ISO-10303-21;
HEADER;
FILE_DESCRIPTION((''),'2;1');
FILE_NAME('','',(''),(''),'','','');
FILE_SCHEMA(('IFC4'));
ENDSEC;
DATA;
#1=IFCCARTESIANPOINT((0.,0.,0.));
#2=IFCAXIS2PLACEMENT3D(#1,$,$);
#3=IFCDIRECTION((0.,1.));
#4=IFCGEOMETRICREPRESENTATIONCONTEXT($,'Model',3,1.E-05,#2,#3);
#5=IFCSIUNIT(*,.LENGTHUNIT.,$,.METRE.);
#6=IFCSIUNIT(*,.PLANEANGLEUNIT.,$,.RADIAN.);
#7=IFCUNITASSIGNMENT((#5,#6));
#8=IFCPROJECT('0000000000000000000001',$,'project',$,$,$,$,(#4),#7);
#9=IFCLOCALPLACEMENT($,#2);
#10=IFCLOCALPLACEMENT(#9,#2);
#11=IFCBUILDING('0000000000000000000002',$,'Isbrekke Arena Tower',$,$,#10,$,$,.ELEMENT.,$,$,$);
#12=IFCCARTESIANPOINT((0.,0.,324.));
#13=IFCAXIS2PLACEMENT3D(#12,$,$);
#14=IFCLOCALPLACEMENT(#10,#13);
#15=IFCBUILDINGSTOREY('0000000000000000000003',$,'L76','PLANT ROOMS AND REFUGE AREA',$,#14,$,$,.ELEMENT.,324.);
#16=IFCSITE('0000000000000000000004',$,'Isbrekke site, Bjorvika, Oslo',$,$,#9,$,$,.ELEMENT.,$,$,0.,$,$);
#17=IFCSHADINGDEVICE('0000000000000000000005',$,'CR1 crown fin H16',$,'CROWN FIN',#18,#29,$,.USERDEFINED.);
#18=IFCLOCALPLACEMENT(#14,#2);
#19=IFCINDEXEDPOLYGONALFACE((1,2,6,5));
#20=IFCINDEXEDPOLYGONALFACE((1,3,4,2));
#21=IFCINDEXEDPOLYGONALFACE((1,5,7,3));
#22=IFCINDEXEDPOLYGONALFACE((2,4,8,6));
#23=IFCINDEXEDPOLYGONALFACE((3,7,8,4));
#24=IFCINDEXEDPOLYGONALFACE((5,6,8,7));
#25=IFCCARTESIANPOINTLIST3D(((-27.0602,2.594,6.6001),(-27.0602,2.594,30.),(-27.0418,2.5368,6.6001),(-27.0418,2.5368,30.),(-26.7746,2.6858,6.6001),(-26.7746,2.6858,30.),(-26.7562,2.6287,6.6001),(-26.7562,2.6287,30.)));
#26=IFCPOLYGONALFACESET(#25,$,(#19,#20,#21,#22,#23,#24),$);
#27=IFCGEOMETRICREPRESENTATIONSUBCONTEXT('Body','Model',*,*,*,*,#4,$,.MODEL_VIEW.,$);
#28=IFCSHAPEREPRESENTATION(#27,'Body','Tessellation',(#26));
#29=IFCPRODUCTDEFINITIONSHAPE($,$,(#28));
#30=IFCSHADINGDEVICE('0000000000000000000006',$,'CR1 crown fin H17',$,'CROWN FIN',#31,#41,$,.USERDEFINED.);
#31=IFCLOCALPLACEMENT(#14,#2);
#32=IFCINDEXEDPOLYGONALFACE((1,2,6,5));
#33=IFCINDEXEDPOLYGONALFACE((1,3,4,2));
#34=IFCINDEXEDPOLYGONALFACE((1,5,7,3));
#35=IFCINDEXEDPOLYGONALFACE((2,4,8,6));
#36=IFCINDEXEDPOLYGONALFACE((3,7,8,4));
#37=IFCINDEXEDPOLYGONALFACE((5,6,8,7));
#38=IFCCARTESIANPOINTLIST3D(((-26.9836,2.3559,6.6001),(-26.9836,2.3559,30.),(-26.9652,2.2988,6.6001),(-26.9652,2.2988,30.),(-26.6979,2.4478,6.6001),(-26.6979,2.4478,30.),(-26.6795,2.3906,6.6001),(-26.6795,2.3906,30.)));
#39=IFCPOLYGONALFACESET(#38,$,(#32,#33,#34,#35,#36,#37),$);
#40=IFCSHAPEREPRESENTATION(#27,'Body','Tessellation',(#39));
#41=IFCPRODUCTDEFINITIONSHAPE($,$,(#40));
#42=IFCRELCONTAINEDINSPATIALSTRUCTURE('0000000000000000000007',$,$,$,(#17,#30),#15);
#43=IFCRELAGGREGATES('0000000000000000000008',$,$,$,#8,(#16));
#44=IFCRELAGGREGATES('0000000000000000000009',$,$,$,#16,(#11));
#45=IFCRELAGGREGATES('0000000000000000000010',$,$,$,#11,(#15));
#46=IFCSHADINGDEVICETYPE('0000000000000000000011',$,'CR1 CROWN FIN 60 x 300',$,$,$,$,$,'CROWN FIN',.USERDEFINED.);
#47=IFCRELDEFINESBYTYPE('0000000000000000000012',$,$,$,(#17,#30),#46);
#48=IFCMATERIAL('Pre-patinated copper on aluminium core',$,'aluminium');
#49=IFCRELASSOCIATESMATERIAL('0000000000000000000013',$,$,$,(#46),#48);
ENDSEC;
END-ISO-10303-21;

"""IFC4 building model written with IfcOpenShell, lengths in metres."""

from ifc_helpers import new_model, si_unit, direction, frame, origin, origin_2d, place, context, subcontext, project, spatial, rectangle, extrude, material, material_profile, profile_set, type_object, element, save


model = new_model("IFC4")

# Units and contexts
model_context = context("Model", 3, precision=1e-05, world=origin(), true_north=direction((0.0, 1.0)))
body_context = subcontext(model_context, "Body", "Model", "MODEL_VIEW")
ifc_project = project(units=[si_unit("LENGTHUNIT", "METRE"), si_unit("PLANEANGLEUNIT", "RADIAN")], contexts=[model_context])

# Site, building, storey
site_placement = place(None, origin())
site = spatial("IfcSite", under=ifc_project, at=site_placement, Name="Isbrekke site, Bjorvika, Oslo", CompositionType="ELEMENT", RefElevation=0.0)
building_placement = place(site_placement, origin())
building = spatial("IfcBuilding", under=site, at=building_placement, Name="Isbrekke Arena Tower", CompositionType="ELEMENT")
storey_placement = place(building_placement, frame((0.0, 0.0, 324.0)))
storey = spatial("IfcBuildingStorey", under=building, at=storey_placement, Name="L76", Description="PLANT ROOMS AND REFUGE AREA", CompositionType="ELEMENT", Elevation=324.0)

# Shading devices
ifc_material_1 = material(Name="Pre-patinated copper on aluminium core", Category="aluminium")
ifc_material_profile_1 = material_profile(ifc_material_1, rectangle(XDim=0.0601, YDim=0.3, at=origin_2d()), Name="FIN 60X300")
ifc_profile_set_1 = profile_set([ifc_material_profile_1], Name="Pre-patinated copper on aluminium core")
shading_device_type = type_object("IfcShadingDeviceType", Name="CR1 CROWN FIN 60 x 300", ElementType="CROWN FIN", PredefinedType="USERDEFINED", material=ifc_profile_set_1)
for number, where, z_axis, x_axis, name in (
    (1, (-26.9082, 2.6113, 6.6001), (0.0, 0.0, 1.0), (0.30616, -0.95198, 0.0), "CR1 crown fin H16"),
    (2, (-26.8315, 2.3733, 6.6001), (0.0, 0.0, 1.0), (0.30616, -0.95198, 0.0), "CR1 crown fin H17"),
):
    element("IfcShadingDevice", number, at=place(storey_placement, frame(where, z_axis=z_axis, x_axis=x_axis)), inside=storey, type_object=shading_device_type, Name=name, ObjectType="CROWN FIN", PredefinedType="USERDEFINED", context=body_context, shape_type="SweptSolid", body=[
        extrude(rectangle(XDim=0.0601, YDim=0.3, at=origin_2d()), origin(), (0.0, 0.0, 1.0), 23.3999),
    ])

save(model, "model.ifc")
